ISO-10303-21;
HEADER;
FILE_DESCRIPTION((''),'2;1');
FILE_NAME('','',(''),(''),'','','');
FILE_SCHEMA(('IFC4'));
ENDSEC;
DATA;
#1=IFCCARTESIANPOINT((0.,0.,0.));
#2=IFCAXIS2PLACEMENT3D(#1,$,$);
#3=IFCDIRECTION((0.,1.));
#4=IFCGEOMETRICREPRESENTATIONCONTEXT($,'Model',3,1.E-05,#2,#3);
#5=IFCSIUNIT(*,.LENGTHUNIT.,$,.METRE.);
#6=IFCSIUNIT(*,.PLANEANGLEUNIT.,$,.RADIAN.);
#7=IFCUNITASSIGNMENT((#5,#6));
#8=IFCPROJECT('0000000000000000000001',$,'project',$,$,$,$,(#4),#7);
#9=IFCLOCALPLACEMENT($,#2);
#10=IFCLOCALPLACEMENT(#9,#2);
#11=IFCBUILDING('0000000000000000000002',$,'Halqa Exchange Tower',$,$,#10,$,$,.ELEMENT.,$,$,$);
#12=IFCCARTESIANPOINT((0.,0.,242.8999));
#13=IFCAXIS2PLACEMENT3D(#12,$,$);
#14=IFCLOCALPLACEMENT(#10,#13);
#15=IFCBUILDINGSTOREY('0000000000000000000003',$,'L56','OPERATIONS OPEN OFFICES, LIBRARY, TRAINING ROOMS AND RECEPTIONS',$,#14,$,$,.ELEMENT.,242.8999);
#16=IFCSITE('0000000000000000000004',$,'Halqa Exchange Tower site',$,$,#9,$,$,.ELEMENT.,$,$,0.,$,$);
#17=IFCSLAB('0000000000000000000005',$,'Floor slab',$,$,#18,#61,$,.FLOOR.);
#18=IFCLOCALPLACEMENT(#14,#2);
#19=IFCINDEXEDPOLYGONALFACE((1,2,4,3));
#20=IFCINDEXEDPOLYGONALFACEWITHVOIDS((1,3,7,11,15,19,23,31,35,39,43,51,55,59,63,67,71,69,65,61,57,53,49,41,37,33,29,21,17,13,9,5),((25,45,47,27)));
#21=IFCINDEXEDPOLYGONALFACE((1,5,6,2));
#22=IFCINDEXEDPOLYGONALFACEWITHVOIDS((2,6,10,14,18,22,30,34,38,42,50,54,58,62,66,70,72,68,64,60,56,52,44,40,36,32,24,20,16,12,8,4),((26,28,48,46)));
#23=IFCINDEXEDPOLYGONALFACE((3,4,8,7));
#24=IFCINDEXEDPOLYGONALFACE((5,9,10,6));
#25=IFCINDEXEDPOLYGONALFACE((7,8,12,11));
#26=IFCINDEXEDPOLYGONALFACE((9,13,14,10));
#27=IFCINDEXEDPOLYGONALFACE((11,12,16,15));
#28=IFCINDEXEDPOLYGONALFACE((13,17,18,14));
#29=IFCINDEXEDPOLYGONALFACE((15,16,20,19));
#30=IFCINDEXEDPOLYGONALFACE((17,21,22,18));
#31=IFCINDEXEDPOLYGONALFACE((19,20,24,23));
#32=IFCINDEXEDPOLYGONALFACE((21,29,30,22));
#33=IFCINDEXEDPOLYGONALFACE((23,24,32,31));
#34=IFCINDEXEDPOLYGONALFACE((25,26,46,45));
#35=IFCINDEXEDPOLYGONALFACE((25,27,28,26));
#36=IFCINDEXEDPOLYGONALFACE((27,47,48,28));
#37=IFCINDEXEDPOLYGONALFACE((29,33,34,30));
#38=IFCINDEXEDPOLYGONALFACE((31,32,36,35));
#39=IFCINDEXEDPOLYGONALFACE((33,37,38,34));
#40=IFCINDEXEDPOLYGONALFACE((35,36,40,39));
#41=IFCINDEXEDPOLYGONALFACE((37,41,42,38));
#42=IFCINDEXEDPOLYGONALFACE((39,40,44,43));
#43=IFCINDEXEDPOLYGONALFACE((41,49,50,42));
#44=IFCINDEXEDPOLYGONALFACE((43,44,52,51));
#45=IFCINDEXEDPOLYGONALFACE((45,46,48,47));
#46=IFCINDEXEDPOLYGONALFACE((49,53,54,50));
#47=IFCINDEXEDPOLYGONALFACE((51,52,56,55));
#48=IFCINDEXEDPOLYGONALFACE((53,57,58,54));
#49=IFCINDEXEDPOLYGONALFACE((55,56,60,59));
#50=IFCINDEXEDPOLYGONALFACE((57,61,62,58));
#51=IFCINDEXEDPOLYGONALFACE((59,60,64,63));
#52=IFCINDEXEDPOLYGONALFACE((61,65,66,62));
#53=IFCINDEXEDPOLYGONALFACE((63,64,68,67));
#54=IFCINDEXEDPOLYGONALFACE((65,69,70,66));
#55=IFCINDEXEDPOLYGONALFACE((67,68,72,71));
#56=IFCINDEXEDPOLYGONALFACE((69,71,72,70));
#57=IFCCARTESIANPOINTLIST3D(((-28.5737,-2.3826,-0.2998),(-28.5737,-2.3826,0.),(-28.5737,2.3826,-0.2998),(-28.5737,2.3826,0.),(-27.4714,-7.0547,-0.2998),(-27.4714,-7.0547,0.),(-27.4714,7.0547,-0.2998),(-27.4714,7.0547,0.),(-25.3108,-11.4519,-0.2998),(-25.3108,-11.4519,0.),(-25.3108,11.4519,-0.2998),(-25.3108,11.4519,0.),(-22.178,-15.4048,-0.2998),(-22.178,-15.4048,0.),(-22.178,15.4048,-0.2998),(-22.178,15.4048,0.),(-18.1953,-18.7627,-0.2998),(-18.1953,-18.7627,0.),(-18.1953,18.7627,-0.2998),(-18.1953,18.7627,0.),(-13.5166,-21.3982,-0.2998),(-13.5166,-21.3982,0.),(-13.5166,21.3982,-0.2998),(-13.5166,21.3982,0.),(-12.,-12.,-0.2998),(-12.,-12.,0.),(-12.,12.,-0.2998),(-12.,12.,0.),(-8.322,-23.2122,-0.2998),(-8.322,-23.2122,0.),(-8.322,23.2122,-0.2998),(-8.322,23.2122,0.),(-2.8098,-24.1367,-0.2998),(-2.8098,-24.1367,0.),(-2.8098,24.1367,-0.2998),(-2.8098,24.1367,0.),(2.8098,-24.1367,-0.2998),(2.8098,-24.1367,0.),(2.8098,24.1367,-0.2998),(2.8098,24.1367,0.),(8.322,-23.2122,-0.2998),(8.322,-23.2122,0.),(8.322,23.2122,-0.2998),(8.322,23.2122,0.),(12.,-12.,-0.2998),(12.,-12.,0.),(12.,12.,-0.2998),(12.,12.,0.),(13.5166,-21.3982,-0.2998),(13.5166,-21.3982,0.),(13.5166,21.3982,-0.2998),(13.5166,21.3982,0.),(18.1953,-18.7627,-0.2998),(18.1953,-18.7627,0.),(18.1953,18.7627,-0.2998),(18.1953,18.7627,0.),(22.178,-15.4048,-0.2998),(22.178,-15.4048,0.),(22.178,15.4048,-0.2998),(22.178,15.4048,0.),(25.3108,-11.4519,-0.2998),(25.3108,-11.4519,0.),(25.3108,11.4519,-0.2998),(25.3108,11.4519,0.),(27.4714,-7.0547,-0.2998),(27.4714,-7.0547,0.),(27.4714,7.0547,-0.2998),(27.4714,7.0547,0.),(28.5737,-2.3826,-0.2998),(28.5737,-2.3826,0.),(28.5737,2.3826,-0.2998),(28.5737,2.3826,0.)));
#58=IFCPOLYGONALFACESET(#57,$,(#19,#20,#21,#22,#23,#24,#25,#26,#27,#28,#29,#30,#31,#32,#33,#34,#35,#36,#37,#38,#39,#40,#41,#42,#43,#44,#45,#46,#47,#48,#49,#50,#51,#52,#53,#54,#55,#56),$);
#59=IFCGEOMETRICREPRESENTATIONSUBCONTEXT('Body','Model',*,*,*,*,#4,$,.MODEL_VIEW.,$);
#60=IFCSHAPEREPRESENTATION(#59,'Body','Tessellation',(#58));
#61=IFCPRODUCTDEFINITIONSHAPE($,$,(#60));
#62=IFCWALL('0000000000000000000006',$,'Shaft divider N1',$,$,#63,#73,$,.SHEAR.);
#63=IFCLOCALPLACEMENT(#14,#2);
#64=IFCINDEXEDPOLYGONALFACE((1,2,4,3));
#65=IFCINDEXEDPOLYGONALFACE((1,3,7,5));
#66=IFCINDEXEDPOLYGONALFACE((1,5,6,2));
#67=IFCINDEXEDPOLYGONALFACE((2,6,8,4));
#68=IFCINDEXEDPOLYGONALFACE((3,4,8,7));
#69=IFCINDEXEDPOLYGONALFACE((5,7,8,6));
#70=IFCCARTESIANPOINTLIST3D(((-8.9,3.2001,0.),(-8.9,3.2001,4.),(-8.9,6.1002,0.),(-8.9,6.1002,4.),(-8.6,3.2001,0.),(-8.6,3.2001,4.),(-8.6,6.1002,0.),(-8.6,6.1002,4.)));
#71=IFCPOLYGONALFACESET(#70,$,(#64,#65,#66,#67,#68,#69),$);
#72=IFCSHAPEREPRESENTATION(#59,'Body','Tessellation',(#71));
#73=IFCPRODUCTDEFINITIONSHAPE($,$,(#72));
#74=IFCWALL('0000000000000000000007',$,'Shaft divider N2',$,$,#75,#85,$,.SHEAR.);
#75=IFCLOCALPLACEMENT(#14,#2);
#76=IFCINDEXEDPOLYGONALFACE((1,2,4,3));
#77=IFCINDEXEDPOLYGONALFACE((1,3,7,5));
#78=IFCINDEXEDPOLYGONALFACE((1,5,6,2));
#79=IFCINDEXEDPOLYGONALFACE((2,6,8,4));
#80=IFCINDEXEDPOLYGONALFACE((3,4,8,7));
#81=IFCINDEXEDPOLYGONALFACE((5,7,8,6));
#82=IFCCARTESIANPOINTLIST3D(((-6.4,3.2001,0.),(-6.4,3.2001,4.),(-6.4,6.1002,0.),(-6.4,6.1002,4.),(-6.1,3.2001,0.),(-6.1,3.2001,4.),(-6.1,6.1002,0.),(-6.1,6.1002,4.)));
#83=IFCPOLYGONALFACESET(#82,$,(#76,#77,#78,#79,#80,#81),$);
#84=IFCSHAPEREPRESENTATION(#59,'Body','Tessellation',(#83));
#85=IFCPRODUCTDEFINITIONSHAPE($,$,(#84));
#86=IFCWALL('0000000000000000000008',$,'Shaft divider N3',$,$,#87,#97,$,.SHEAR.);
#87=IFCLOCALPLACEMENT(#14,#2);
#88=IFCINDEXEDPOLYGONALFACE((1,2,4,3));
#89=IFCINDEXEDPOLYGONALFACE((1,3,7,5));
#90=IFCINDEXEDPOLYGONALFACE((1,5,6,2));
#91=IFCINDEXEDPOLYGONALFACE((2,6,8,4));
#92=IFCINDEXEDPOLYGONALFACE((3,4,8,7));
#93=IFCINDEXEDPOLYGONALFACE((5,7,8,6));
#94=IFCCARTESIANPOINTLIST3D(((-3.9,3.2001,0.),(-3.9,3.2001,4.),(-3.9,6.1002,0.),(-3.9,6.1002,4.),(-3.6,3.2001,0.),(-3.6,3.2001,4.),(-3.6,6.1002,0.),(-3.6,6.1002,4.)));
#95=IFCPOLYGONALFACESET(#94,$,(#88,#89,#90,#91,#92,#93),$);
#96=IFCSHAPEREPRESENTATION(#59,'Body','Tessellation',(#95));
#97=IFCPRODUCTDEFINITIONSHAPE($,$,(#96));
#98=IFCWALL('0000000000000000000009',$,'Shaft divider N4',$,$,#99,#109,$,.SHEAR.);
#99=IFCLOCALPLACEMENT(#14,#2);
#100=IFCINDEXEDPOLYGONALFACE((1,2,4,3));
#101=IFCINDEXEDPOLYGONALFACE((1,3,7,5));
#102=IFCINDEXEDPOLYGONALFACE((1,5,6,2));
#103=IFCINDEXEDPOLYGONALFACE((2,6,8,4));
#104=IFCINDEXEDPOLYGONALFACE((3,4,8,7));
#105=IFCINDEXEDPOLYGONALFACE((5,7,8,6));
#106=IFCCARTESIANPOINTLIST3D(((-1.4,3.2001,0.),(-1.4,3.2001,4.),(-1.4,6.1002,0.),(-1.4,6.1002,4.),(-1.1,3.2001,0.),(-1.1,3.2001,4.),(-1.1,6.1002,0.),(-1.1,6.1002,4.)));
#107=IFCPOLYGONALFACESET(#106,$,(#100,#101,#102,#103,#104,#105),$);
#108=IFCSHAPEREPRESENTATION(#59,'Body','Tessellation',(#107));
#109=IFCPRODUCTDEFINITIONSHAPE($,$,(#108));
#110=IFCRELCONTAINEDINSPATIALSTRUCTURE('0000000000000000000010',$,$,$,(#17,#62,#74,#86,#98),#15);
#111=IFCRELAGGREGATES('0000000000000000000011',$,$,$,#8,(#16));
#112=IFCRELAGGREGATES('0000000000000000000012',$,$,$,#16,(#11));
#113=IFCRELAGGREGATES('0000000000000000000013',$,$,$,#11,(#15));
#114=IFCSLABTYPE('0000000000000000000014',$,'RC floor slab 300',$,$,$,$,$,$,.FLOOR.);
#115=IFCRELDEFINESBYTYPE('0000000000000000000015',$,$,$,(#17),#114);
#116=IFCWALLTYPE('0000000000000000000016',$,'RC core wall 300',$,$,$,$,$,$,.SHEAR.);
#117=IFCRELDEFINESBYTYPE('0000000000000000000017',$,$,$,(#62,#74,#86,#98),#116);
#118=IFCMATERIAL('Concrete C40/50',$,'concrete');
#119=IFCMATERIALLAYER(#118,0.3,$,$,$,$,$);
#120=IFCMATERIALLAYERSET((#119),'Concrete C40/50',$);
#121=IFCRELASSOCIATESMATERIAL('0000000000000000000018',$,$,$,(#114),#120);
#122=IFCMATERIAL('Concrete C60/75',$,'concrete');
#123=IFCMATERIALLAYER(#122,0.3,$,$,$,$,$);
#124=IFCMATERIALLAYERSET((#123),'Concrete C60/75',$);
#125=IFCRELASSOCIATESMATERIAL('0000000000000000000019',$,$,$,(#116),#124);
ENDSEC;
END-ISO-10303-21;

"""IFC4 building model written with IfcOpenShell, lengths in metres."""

from ifc_helpers import new_model, si_unit, direction, frame, frame_2d, origin, place, context, subcontext, project, spatial, polyline, rectangle, outline, extrude, material, layer, layer_set, type_object, element, save


model = new_model("IFC4")

# Units and contexts
model_context = context("Model", 3, precision=1e-05, world=origin(), true_north=direction((0.0, 1.0)))
body_context = subcontext(model_context, "Body", "Model", "MODEL_VIEW")
ifc_project = project(units=[si_unit("LENGTHUNIT", "METRE"), si_unit("PLANEANGLEUNIT", "RADIAN")], contexts=[model_context])

# Site, building, storey
site_placement = place(None, origin())
site = spatial("IfcSite", under=ifc_project, at=site_placement, Name="Halqa Exchange Tower site", CompositionType="ELEMENT", RefElevation=0.0)
building_placement = place(site_placement, origin())
building = spatial("IfcBuilding", under=site, at=building_placement, Name="Halqa Exchange Tower", CompositionType="ELEMENT")
storey_placement = place(building_placement, frame((0.0, 0.0, 242.8999)))
storey = spatial("IfcBuildingStorey", under=building, at=storey_placement, Name="L56", Description="OPERATIONS OPEN OFFICES, LIBRARY, TRAINING ROOMS AND RECEPTIONS", CompositionType="ELEMENT", Elevation=242.8999)

# Slab
ifc_material_1 = material(Name="Concrete C40/50", Category="concrete")
ifc_layer_1 = layer(ifc_material_1, 0.3)
ifc_layer_set_1 = layer_set([ifc_layer_1], Name="Concrete C40/50")
slab_type = type_object("IfcSlabType", Name="RC floor slab 300", PredefinedType="FLOOR", material=ifc_layer_set_1)
slab_placement = place(storey_placement, frame((0.0, 0.0, -0.2998)))
element("IfcSlab", 1, at=slab_placement, inside=storey, type_object=slab_type, Name="Floor slab", PredefinedType="FLOOR", context=body_context, shape_type="SweptSolid", body=[
    extrude(outline(polyline([(28.5737, 2.3826), (27.4714, 7.0547), (25.3108, 11.4519), (22.178, 15.4048), (18.1953, 18.7627), (13.5166, 21.3982), (8.322, 23.2122), (2.8098, 24.1367), (-2.8098, 24.1367), (-8.322, 23.2122), (-13.5166, 21.3982), (-18.1953, 18.7627), (-22.178, 15.4048), (-25.3108, 11.4519), (-27.4714, 7.0547), (-28.5737, 2.3826), (-28.5737, -2.3826), (-27.4714, -7.0547), (-25.3108, -11.4519), (-22.178, -15.4048), (-18.1953, -18.7627), (-13.5166, -21.3982), (-8.322, -23.2122), (-2.8098, -24.1367), (2.8098, -24.1367), (8.322, -23.2122), (13.5166, -21.3982), (18.1953, -18.7627), (22.178, -15.4048), (25.3108, -11.4519), (27.4714, -7.0547), (28.5737, -2.3826), (28.5737, 2.3826)]), holes=[polyline([(-12.0, -12.0), (12.0, -12.0), (12.0, 12.0), (-12.0, 12.0), (-12.0, -12.0)])]), origin(), (0.0, 0.0, 1.0), 0.2998),
])

# Walls
ifc_material_2 = material(Name="Concrete C60/75", Category="concrete")
ifc_layer_2 = layer(ifc_material_2, 0.3)
ifc_layer_set_2 = layer_set([ifc_layer_2], Name="Concrete C60/75")
wall_type_1 = type_object("IfcWallType", Name="RC core wall 300", PredefinedType="SHEAR", material=ifc_layer_set_2)
for number, where, z_axis, x_axis, name in (
    (2, (-8.75, 3.2, 0.0), (0.0, 0.0, 1.0), (0.0, 1.0, 0.0), "Shaft divider N1"),
    (3, (-6.25, 3.2, 0.0), (0.0, 0.0, 1.0), (0.0, 1.0, 0.0), "Shaft divider N2"),
    (4, (-3.75, 3.2, 0.0), (0.0, 0.0, 1.0), (0.0, 1.0, 0.0), "Shaft divider N3"),
    (5, (-1.25, 3.2, 0.0), (0.0, 0.0, 1.0), (0.0, 1.0, 0.0), "Shaft divider N4"),
):
    element("IfcWall", number, at=place(storey_placement, frame(where, z_axis=z_axis, x_axis=x_axis)), inside=storey, type_object=wall_type_1, Name=name, PredefinedType="SHEAR", context=body_context, shape_type="SweptSolid", body=[
        extrude(rectangle(XDim=2.9001, YDim=0.3, at=frame_2d((1.4502, 0.0))), origin(), (0.0, 0.0, 1.0), 4.0),
    ])

save(model, "model.ifc")
